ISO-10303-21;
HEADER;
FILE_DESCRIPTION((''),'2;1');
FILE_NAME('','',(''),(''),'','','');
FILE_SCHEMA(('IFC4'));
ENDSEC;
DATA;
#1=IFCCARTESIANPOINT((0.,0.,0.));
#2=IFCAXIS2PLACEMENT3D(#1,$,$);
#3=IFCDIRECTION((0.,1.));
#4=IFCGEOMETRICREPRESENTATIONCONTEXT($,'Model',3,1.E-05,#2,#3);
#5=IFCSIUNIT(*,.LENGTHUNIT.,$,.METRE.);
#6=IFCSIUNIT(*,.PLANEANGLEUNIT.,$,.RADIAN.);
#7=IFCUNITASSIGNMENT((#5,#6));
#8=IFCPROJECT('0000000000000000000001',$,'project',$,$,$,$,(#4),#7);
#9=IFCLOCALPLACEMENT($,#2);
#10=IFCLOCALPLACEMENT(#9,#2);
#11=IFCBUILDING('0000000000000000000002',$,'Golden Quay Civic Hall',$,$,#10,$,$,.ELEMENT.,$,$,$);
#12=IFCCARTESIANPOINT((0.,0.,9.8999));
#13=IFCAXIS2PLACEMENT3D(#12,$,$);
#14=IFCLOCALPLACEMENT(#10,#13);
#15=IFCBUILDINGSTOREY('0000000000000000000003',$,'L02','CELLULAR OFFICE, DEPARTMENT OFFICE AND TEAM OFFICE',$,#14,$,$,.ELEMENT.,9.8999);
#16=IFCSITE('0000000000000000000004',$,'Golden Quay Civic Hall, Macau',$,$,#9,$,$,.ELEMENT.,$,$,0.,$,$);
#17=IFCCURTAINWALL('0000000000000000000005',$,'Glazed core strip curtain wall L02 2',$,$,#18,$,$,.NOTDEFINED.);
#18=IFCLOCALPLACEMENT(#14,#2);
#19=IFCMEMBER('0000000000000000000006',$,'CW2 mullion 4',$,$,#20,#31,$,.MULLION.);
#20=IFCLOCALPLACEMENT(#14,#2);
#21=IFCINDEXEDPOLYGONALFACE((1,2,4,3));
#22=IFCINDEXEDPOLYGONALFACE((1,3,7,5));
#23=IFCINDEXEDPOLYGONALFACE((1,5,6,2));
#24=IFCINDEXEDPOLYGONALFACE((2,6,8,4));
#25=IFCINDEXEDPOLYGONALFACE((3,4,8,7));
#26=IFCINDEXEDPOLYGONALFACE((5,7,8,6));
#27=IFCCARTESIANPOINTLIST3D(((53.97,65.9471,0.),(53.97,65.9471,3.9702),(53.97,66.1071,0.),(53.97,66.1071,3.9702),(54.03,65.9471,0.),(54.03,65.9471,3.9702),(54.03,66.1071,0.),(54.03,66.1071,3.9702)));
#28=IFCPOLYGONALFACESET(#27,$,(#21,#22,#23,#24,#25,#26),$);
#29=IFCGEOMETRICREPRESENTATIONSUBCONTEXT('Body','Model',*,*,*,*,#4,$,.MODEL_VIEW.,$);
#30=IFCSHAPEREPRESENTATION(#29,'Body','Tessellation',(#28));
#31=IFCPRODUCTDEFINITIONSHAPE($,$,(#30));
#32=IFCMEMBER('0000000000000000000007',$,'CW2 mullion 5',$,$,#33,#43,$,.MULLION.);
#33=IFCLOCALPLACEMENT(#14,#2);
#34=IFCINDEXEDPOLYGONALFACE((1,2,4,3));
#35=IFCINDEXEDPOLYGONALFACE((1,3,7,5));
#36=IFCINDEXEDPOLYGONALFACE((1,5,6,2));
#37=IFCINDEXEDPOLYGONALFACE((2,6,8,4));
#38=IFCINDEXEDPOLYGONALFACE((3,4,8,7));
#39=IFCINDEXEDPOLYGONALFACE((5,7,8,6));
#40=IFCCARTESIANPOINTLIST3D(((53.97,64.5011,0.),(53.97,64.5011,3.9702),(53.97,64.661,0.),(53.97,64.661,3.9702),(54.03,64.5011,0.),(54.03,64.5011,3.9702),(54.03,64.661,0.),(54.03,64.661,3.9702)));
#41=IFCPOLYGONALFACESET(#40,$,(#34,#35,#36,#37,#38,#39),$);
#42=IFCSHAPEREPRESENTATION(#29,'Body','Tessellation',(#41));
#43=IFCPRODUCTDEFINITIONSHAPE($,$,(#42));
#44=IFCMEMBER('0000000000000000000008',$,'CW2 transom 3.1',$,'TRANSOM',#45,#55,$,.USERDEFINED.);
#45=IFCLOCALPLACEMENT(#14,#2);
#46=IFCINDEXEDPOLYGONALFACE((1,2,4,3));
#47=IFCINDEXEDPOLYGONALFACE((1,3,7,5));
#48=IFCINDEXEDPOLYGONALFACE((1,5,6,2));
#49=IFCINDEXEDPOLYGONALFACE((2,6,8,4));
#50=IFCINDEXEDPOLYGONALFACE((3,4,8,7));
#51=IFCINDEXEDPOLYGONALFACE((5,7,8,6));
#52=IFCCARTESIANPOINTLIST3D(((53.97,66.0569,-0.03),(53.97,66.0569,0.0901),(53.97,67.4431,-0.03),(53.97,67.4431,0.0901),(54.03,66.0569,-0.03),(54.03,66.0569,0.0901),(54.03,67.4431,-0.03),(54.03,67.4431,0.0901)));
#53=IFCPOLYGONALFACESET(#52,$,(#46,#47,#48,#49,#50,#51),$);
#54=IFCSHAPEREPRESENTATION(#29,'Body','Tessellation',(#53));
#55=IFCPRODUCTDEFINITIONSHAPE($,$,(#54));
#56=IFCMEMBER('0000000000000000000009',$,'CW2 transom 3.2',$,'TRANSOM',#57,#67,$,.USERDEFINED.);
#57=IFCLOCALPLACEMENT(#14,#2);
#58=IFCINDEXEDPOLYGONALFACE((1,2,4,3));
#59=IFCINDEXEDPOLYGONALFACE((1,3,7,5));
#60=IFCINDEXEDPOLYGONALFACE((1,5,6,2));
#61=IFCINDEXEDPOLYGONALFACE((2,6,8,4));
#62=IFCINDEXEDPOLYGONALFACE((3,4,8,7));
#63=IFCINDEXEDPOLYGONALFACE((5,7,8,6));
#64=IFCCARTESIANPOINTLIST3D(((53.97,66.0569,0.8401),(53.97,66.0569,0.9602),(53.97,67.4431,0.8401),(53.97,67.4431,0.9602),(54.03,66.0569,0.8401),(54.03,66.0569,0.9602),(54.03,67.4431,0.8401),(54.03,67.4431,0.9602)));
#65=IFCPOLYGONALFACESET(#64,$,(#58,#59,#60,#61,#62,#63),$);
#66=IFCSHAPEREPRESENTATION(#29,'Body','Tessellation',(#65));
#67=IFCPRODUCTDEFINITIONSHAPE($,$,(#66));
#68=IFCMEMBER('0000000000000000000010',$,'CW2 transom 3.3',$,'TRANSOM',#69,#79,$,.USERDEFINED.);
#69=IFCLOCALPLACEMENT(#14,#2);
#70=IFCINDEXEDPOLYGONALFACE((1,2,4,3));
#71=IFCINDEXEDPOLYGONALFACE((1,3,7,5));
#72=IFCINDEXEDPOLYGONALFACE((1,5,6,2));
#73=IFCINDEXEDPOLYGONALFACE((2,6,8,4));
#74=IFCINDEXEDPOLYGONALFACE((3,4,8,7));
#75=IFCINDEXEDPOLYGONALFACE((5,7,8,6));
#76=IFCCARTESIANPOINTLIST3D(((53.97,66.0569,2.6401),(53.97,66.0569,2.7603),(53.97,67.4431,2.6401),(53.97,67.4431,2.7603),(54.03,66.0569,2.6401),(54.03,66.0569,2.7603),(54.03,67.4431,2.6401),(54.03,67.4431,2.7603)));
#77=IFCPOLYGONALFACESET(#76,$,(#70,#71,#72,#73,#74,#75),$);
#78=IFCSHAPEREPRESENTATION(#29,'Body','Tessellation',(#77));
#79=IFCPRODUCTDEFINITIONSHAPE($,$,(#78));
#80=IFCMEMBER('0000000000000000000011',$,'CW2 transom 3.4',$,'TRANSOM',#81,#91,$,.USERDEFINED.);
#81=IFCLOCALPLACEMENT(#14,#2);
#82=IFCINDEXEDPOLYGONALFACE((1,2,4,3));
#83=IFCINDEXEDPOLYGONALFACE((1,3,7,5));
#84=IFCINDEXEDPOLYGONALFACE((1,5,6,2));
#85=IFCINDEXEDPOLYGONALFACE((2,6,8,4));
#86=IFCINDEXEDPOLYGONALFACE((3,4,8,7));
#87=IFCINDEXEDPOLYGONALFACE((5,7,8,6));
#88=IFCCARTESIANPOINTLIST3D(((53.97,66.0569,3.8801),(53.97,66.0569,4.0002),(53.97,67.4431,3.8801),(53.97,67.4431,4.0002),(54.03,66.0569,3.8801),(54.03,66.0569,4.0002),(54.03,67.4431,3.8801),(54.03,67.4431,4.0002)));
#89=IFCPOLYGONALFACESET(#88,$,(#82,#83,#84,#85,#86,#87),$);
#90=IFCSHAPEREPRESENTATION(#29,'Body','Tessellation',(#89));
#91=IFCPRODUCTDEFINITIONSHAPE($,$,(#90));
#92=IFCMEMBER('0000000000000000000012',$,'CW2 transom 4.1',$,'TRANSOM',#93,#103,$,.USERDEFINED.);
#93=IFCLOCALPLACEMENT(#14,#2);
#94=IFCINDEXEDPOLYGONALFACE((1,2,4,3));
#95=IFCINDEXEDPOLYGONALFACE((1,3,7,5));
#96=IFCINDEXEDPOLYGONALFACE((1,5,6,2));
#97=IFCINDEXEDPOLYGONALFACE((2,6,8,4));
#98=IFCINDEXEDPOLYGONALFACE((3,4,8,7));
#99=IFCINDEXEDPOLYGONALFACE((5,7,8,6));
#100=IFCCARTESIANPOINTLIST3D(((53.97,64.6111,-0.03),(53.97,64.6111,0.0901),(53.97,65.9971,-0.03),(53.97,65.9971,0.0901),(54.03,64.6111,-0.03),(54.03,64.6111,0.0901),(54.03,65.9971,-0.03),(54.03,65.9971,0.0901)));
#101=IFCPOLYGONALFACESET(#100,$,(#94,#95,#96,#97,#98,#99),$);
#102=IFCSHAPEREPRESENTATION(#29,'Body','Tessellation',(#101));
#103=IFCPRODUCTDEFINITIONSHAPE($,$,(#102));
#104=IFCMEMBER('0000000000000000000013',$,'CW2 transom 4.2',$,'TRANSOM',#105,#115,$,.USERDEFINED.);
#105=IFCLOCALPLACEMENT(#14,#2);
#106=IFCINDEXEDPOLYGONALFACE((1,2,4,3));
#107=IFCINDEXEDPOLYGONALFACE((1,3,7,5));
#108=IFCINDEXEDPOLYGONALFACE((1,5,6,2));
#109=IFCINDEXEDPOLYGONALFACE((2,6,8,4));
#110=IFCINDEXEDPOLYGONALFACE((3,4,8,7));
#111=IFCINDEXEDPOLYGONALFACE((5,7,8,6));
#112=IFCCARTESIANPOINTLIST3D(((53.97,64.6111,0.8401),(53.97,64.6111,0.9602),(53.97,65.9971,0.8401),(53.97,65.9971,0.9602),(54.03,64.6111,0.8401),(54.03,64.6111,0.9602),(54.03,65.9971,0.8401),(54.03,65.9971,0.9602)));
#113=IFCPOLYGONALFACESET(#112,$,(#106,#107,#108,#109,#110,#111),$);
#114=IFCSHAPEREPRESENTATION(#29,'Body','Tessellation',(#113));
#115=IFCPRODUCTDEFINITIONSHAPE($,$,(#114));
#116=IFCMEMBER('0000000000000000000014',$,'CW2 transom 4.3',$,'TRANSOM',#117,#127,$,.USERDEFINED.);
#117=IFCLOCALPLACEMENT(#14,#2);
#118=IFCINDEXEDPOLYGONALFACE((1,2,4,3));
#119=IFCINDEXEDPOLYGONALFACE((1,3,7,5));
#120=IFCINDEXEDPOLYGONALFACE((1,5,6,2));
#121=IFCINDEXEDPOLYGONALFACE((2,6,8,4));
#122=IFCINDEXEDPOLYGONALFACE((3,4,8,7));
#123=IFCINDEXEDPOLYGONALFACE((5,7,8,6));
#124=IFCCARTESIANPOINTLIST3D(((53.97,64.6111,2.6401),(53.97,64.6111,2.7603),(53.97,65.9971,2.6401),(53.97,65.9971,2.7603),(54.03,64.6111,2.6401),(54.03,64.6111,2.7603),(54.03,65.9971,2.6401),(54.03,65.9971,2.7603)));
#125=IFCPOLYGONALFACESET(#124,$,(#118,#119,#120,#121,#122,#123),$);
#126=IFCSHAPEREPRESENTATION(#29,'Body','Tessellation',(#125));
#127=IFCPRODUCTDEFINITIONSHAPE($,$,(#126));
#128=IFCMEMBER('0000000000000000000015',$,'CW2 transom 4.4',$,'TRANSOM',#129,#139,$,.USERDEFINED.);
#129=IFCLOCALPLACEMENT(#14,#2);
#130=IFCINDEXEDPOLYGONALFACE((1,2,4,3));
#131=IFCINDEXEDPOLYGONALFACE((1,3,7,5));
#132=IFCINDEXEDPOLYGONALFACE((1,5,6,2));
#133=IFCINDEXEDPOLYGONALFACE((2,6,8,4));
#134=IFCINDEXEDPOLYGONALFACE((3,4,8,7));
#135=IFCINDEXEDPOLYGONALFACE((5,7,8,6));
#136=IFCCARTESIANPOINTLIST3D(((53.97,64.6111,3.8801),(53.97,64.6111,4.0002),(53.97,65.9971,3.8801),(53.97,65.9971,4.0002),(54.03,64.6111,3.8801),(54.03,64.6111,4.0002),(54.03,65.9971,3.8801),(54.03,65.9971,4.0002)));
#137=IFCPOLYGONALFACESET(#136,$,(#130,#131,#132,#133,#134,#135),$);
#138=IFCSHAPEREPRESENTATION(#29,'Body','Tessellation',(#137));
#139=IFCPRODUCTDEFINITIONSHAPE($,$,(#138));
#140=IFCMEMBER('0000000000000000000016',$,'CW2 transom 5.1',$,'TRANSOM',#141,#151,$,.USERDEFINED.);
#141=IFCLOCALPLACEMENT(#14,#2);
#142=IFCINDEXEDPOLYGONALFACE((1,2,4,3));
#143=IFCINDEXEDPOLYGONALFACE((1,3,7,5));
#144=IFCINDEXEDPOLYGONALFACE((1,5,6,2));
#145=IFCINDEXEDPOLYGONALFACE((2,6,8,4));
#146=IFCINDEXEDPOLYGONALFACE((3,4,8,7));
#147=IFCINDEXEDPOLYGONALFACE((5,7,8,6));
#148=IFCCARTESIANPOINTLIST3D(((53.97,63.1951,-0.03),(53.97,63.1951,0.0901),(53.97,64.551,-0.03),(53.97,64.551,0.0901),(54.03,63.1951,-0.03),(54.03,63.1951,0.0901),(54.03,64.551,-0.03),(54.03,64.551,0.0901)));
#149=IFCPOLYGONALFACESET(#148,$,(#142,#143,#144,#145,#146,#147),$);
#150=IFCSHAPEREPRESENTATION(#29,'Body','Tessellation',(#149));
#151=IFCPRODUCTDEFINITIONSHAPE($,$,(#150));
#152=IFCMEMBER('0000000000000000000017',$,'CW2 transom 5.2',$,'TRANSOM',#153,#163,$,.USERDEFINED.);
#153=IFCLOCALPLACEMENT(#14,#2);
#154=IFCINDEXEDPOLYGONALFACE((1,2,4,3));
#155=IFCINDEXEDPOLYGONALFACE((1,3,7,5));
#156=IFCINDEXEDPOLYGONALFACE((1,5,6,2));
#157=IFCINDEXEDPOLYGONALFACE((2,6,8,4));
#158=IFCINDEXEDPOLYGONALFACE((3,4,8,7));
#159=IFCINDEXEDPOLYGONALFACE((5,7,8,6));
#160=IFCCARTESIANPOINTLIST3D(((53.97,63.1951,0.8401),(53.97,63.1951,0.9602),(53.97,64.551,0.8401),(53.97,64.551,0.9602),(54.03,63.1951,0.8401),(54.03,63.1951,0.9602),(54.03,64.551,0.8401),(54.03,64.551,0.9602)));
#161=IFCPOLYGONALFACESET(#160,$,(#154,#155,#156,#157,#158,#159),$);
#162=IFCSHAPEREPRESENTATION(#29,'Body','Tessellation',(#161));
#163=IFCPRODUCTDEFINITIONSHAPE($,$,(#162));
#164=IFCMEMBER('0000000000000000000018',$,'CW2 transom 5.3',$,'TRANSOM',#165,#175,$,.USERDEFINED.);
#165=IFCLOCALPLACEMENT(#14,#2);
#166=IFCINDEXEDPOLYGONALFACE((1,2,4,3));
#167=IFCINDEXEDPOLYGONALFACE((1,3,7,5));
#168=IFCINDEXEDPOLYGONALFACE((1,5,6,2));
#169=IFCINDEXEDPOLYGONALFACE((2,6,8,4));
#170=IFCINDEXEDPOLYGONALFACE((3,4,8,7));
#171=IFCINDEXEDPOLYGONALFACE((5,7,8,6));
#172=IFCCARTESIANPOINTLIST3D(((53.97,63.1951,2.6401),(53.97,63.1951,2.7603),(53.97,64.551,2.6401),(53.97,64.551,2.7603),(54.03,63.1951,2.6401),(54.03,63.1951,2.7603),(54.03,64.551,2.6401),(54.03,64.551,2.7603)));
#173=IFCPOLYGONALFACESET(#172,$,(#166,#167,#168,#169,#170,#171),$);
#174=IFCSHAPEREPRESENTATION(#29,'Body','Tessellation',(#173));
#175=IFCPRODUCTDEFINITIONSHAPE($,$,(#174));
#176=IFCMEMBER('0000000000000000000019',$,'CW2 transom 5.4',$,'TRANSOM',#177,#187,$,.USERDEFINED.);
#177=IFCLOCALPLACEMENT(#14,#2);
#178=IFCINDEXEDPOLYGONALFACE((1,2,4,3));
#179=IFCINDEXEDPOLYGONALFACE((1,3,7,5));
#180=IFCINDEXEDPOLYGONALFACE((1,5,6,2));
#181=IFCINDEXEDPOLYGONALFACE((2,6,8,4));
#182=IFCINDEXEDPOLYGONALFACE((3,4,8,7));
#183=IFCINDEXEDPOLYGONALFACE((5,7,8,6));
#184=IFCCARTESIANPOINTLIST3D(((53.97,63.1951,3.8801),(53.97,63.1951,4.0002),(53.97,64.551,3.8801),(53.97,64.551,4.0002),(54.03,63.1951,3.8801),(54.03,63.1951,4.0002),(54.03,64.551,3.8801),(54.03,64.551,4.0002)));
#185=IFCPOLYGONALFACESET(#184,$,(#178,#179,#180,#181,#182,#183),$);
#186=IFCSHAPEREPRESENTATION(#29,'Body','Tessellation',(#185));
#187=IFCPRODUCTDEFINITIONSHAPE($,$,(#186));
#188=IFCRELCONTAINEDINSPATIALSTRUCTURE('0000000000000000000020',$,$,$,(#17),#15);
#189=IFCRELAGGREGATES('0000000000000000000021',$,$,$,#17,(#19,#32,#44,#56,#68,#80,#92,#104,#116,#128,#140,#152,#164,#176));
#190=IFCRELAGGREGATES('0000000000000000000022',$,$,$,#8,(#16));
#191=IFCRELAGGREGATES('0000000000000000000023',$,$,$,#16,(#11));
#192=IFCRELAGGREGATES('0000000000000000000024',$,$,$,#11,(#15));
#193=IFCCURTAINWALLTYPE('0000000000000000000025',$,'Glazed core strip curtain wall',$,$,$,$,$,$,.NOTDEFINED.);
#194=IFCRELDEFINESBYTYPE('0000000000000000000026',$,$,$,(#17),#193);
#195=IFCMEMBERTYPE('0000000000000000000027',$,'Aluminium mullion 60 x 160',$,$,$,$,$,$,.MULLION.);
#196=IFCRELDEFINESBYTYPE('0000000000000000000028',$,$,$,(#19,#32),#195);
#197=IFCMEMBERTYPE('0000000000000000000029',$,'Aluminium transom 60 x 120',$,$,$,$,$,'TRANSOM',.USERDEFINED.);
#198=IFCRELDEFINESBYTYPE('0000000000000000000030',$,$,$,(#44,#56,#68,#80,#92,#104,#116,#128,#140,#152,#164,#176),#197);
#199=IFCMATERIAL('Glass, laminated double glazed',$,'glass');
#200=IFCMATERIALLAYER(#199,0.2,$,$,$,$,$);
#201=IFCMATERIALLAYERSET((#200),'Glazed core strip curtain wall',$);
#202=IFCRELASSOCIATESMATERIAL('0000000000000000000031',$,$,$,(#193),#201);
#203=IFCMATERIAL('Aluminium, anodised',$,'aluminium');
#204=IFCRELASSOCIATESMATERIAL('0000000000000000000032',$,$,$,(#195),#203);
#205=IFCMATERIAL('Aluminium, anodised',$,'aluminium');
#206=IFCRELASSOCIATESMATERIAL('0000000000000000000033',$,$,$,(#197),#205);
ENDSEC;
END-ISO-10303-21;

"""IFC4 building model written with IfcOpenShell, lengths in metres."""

from ifc_helpers import new_model, si_unit, direction, frame, origin, origin_2d, place, context, subcontext, project, spatial, rectangle, extrude, material, layer, layer_set, material_profile, profile_set, type_object, element, aggregate, save


model = new_model("IFC4")

# Units and contexts
model_context = context("Model", 3, precision=1e-05, world=origin(), true_north=direction((0.0, 1.0)))
body_context = subcontext(model_context, "Body", "Model", "MODEL_VIEW")
ifc_project = project(units=[si_unit("LENGTHUNIT", "METRE"), si_unit("PLANEANGLEUNIT", "RADIAN")], contexts=[model_context])

# Site, building, storey
site_placement = place(None, origin())
site = spatial("IfcSite", under=ifc_project, at=site_placement, Name="Golden Quay Civic Hall, Macau", CompositionType="ELEMENT", RefElevation=0.0)
building_placement = place(site_placement, origin())
building = spatial("IfcBuilding", under=site, at=building_placement, Name="Golden Quay Civic Hall", CompositionType="ELEMENT")
storey_placement = place(building_placement, frame((0.0, 0.0, 9.8999)))
storey = spatial("IfcBuildingStorey", under=building, at=storey_placement, Name="L02", Description="CELLULAR OFFICE, DEPARTMENT OFFICE AND TEAM OFFICE", CompositionType="ELEMENT", Elevation=9.8999)

# Curtain wall, members
ifc_material_1 = material(Name="Glass, laminated double glazed", Category="glass")
ifc_layer_1 = layer(ifc_material_1, 0.2)
ifc_layer_set_1 = layer_set([ifc_layer_1], Name="Glazed core strip curtain wall")
curtain_wall_type = type_object("IfcCurtainWallType", Name="Glazed core strip curtain wall", PredefinedType="NOTDEFINED", material=ifc_layer_set_1)
curtain_wall_placement = place(storey_placement, origin())
curtain_wall = element("IfcCurtainWall", 1, at=curtain_wall_placement, inside=storey, type_object=curtain_wall_type, Name="Glazed core strip curtain wall L02 2", PredefinedType="NOTDEFINED")
ifc_material_2 = material(Name="Aluminium, anodised", Category="aluminium")
ifc_material_profile_1 = material_profile(ifc_material_2, rectangle(XDim=0.0601, YDim=0.1599, at=origin_2d()), Name="Aluminium 60 x 160")
ifc_profile_set_1 = profile_set([ifc_material_profile_1], Name="Aluminium, anodised")
member_type_1 = type_object("IfcMemberType", Name="Aluminium mullion 60 x 160", PredefinedType="MULLION", material=ifc_profile_set_1)
member_1_placement = place(storey_placement, frame((54.0, 66.0271, 0.0), z_axis=(0.0, 0.0, 1.0), x_axis=(1.0, 0.0, 0.0)))
member_1 = element("IfcMember", 2, at=member_1_placement, type_object=member_type_1, Name="CW2 mullion 4", PredefinedType="MULLION", context=body_context, shape_type="SweptSolid", body=[
    extrude(rectangle(XDim=0.0601, YDim=0.1599, at=origin_2d()), origin(), (0.0, 0.0, 1.0), 3.9702),
])
member_2_placement = place(storey_placement, frame((54.0, 64.5811, 0.0), z_axis=(0.0, 0.0, 1.0), x_axis=(1.0, 0.0, 0.0)))
member_2 = element("IfcMember", 3, at=member_2_placement, type_object=member_type_1, Name="CW2 mullion 5", PredefinedType="MULLION", context=body_context, shape_type="SweptSolid", body=[
    extrude(rectangle(XDim=0.0601, YDim=0.1599, at=origin_2d()), origin(), (0.0, 0.0, 1.0), 3.9702),
])
ifc_material_3 = material(Name="Aluminium, anodised", Category="aluminium")
ifc_material_profile_2 = material_profile(ifc_material_3, rectangle(XDim=0.0601, YDim=0.1201, at=origin_2d()), Name="Aluminium 60 x 120")
ifc_profile_set_2 = profile_set([ifc_material_profile_2], Name="Aluminium, anodised")
member_type_2 = type_object("IfcMemberType", Name="Aluminium transom 60 x 120", ElementType="TRANSOM", PredefinedType="USERDEFINED", material=ifc_profile_set_2)
member_3_placement = place(storey_placement, frame((54.0, 67.4431, 0.03), z_axis=(0.0, -1.0, 0.0), x_axis=(1.0, 0.0, 0.0)))
member_3 = element("IfcMember", 4, at=member_3_placement, type_object=member_type_2, Name="CW2 transom 3.1", ObjectType="TRANSOM", PredefinedType="USERDEFINED", context=body_context, shape_type="SweptSolid", body=[
    extrude(rectangle(XDim=0.0601, YDim=0.1201, at=origin_2d()), origin(), (0.0, 0.0, 1.0), 1.3862),
])
member_4_placement = place(storey_placement, frame((54.0, 67.4431, 0.9001), z_axis=(0.0, -1.0, 0.0), x_axis=(1.0, 0.0, 0.0)))
member_4 = element("IfcMember", 5, at=member_4_placement, type_object=member_type_2, Name="CW2 transom 3.2", ObjectType="TRANSOM", PredefinedType="USERDEFINED", context=body_context, shape_type="SweptSolid", body=[
    extrude(rectangle(XDim=0.0601, YDim=0.1201, at=origin_2d()), origin(), (0.0, 0.0, 1.0), 1.3862),
])
member_5_placement = place(storey_placement, frame((54.0, 67.4431, 2.7002), z_axis=(0.0, -1.0, 0.0), x_axis=(1.0, 0.0, 0.0)))
member_5 = element("IfcMember", 6, at=member_5_placement, type_object=member_type_2, Name="CW2 transom 3.3", ObjectType="TRANSOM", PredefinedType="USERDEFINED", context=body_context, shape_type="SweptSolid", body=[
    extrude(rectangle(XDim=0.0601, YDim=0.1201, at=origin_2d()), origin(), (0.0, 0.0, 1.0), 1.3862),
])
member_6_placement = place(storey_placement, frame((54.0, 67.4431, 3.9402), z_axis=(0.0, -1.0, 0.0), x_axis=(1.0, 0.0, 0.0)))
member_6 = element("IfcMember", 7, at=member_6_placement, type_object=member_type_2, Name="CW2 transom 3.4", ObjectType="TRANSOM", PredefinedType="USERDEFINED", context=body_context, shape_type="SweptSolid", body=[
    extrude(rectangle(XDim=0.0601, YDim=0.1201, at=origin_2d()), origin(), (0.0, 0.0, 1.0), 1.3862),
])
member_7_placement = place(storey_placement, frame((54.0, 65.9971, 0.03), z_axis=(0.0, -1.0, 0.0), x_axis=(1.0, 0.0, 0.0)))
member_7 = element("IfcMember", 8, at=member_7_placement, type_object=member_type_2, Name="CW2 transom 4.1", ObjectType="TRANSOM", PredefinedType="USERDEFINED", context=body_context, shape_type="SweptSolid", body=[
    extrude(rectangle(XDim=0.0601, YDim=0.1201, at=origin_2d()), origin(), (0.0, 0.0, 1.0), 1.386),
])
member_8_placement = place(storey_placement, frame((54.0, 65.9971, 0.9001), z_axis=(0.0, -1.0, 0.0), x_axis=(1.0, 0.0, 0.0)))
member_8 = element("IfcMember", 9, at=member_8_placement, type_object=member_type_2, Name="CW2 transom 4.2", ObjectType="TRANSOM", PredefinedType="USERDEFINED", context=body_context, shape_type="SweptSolid", body=[
    extrude(rectangle(XDim=0.0601, YDim=0.1201, at=origin_2d()), origin(), (0.0, 0.0, 1.0), 1.386),
])
member_9_placement = place(storey_placement, frame((54.0, 65.9971, 2.7002), z_axis=(0.0, -1.0, 0.0), x_axis=(1.0, 0.0, 0.0)))
member_9 = element("IfcMember", 10, at=member_9_placement, type_object=member_type_2, Name="CW2 transom 4.3", ObjectType="TRANSOM", PredefinedType="USERDEFINED", context=body_context, shape_type="SweptSolid", body=[
    extrude(rectangle(XDim=0.0601, YDim=0.1201, at=origin_2d()), origin(), (0.0, 0.0, 1.0), 1.386),
])
member_10_placement = place(storey_placement, frame((54.0, 65.9971, 3.9402), z_axis=(0.0, -1.0, 0.0), x_axis=(1.0, 0.0, 0.0)))
member_10 = element("IfcMember", 11, at=member_10_placement, type_object=member_type_2, Name="CW2 transom 4.4", ObjectType="TRANSOM", PredefinedType="USERDEFINED", context=body_context, shape_type="SweptSolid", body=[
    extrude(rectangle(XDim=0.0601, YDim=0.1201, at=origin_2d()), origin(), (0.0, 0.0, 1.0), 1.386),
])
member_11_placement = place(storey_placement, frame((54.0, 64.551, 0.03), z_axis=(0.0, -1.0, 0.0), x_axis=(1.0, 0.0, 0.0)))
member_11 = element("IfcMember", 12, at=member_11_placement, type_object=member_type_2, Name="CW2 transom 5.1", ObjectType="TRANSOM", PredefinedType="USERDEFINED", context=body_context, shape_type="SweptSolid", body=[
    extrude(rectangle(XDim=0.0601, YDim=0.1201, at=origin_2d()), origin(), (0.0, 0.0, 1.0), 1.356),
])
member_12_placement = place(storey_placement, frame((54.0, 64.551, 0.9001), z_axis=(0.0, -1.0, 0.0), x_axis=(1.0, 0.0, 0.0)))
member_12 = element("IfcMember", 13, at=member_12_placement, type_object=member_type_2, Name="CW2 transom 5.2", ObjectType="TRANSOM", PredefinedType="USERDEFINED", context=body_context, shape_type="SweptSolid", body=[
    extrude(rectangle(XDim=0.0601, YDim=0.1201, at=origin_2d()), origin(), (0.0, 0.0, 1.0), 1.356),
])
member_13_placement = place(storey_placement, frame((54.0, 64.551, 2.7002), z_axis=(0.0, -1.0, 0.0), x_axis=(1.0, 0.0, 0.0)))
member_13 = element("IfcMember", 14, at=member_13_placement, type_object=member_type_2, Name="CW2 transom 5.3", ObjectType="TRANSOM", PredefinedType="USERDEFINED", context=body_context, shape_type="SweptSolid", body=[
    extrude(rectangle(XDim=0.0601, YDim=0.1201, at=origin_2d()), origin(), (0.0, 0.0, 1.0), 1.356),
])
member_14_placement = place(storey_placement, frame((54.0, 64.551, 3.9402), z_axis=(0.0, -1.0, 0.0), x_axis=(1.0, 0.0, 0.0)))
member_14 = element("IfcMember", 15, at=member_14_placement, type_object=member_type_2, Name="CW2 transom 5.4", ObjectType="TRANSOM", PredefinedType="USERDEFINED", context=body_context, shape_type="SweptSolid", body=[
    extrude(rectangle(XDim=0.0601, YDim=0.1201, at=origin_2d()), origin(), (0.0, 0.0, 1.0), 1.356),
])

aggregate(curtain_wall, [member_1, member_2, member_3, member_4, member_5, member_6, member_7, member_8, member_9, member_10, member_11, member_12, member_13, member_14])

save(model, "model.ifc")
